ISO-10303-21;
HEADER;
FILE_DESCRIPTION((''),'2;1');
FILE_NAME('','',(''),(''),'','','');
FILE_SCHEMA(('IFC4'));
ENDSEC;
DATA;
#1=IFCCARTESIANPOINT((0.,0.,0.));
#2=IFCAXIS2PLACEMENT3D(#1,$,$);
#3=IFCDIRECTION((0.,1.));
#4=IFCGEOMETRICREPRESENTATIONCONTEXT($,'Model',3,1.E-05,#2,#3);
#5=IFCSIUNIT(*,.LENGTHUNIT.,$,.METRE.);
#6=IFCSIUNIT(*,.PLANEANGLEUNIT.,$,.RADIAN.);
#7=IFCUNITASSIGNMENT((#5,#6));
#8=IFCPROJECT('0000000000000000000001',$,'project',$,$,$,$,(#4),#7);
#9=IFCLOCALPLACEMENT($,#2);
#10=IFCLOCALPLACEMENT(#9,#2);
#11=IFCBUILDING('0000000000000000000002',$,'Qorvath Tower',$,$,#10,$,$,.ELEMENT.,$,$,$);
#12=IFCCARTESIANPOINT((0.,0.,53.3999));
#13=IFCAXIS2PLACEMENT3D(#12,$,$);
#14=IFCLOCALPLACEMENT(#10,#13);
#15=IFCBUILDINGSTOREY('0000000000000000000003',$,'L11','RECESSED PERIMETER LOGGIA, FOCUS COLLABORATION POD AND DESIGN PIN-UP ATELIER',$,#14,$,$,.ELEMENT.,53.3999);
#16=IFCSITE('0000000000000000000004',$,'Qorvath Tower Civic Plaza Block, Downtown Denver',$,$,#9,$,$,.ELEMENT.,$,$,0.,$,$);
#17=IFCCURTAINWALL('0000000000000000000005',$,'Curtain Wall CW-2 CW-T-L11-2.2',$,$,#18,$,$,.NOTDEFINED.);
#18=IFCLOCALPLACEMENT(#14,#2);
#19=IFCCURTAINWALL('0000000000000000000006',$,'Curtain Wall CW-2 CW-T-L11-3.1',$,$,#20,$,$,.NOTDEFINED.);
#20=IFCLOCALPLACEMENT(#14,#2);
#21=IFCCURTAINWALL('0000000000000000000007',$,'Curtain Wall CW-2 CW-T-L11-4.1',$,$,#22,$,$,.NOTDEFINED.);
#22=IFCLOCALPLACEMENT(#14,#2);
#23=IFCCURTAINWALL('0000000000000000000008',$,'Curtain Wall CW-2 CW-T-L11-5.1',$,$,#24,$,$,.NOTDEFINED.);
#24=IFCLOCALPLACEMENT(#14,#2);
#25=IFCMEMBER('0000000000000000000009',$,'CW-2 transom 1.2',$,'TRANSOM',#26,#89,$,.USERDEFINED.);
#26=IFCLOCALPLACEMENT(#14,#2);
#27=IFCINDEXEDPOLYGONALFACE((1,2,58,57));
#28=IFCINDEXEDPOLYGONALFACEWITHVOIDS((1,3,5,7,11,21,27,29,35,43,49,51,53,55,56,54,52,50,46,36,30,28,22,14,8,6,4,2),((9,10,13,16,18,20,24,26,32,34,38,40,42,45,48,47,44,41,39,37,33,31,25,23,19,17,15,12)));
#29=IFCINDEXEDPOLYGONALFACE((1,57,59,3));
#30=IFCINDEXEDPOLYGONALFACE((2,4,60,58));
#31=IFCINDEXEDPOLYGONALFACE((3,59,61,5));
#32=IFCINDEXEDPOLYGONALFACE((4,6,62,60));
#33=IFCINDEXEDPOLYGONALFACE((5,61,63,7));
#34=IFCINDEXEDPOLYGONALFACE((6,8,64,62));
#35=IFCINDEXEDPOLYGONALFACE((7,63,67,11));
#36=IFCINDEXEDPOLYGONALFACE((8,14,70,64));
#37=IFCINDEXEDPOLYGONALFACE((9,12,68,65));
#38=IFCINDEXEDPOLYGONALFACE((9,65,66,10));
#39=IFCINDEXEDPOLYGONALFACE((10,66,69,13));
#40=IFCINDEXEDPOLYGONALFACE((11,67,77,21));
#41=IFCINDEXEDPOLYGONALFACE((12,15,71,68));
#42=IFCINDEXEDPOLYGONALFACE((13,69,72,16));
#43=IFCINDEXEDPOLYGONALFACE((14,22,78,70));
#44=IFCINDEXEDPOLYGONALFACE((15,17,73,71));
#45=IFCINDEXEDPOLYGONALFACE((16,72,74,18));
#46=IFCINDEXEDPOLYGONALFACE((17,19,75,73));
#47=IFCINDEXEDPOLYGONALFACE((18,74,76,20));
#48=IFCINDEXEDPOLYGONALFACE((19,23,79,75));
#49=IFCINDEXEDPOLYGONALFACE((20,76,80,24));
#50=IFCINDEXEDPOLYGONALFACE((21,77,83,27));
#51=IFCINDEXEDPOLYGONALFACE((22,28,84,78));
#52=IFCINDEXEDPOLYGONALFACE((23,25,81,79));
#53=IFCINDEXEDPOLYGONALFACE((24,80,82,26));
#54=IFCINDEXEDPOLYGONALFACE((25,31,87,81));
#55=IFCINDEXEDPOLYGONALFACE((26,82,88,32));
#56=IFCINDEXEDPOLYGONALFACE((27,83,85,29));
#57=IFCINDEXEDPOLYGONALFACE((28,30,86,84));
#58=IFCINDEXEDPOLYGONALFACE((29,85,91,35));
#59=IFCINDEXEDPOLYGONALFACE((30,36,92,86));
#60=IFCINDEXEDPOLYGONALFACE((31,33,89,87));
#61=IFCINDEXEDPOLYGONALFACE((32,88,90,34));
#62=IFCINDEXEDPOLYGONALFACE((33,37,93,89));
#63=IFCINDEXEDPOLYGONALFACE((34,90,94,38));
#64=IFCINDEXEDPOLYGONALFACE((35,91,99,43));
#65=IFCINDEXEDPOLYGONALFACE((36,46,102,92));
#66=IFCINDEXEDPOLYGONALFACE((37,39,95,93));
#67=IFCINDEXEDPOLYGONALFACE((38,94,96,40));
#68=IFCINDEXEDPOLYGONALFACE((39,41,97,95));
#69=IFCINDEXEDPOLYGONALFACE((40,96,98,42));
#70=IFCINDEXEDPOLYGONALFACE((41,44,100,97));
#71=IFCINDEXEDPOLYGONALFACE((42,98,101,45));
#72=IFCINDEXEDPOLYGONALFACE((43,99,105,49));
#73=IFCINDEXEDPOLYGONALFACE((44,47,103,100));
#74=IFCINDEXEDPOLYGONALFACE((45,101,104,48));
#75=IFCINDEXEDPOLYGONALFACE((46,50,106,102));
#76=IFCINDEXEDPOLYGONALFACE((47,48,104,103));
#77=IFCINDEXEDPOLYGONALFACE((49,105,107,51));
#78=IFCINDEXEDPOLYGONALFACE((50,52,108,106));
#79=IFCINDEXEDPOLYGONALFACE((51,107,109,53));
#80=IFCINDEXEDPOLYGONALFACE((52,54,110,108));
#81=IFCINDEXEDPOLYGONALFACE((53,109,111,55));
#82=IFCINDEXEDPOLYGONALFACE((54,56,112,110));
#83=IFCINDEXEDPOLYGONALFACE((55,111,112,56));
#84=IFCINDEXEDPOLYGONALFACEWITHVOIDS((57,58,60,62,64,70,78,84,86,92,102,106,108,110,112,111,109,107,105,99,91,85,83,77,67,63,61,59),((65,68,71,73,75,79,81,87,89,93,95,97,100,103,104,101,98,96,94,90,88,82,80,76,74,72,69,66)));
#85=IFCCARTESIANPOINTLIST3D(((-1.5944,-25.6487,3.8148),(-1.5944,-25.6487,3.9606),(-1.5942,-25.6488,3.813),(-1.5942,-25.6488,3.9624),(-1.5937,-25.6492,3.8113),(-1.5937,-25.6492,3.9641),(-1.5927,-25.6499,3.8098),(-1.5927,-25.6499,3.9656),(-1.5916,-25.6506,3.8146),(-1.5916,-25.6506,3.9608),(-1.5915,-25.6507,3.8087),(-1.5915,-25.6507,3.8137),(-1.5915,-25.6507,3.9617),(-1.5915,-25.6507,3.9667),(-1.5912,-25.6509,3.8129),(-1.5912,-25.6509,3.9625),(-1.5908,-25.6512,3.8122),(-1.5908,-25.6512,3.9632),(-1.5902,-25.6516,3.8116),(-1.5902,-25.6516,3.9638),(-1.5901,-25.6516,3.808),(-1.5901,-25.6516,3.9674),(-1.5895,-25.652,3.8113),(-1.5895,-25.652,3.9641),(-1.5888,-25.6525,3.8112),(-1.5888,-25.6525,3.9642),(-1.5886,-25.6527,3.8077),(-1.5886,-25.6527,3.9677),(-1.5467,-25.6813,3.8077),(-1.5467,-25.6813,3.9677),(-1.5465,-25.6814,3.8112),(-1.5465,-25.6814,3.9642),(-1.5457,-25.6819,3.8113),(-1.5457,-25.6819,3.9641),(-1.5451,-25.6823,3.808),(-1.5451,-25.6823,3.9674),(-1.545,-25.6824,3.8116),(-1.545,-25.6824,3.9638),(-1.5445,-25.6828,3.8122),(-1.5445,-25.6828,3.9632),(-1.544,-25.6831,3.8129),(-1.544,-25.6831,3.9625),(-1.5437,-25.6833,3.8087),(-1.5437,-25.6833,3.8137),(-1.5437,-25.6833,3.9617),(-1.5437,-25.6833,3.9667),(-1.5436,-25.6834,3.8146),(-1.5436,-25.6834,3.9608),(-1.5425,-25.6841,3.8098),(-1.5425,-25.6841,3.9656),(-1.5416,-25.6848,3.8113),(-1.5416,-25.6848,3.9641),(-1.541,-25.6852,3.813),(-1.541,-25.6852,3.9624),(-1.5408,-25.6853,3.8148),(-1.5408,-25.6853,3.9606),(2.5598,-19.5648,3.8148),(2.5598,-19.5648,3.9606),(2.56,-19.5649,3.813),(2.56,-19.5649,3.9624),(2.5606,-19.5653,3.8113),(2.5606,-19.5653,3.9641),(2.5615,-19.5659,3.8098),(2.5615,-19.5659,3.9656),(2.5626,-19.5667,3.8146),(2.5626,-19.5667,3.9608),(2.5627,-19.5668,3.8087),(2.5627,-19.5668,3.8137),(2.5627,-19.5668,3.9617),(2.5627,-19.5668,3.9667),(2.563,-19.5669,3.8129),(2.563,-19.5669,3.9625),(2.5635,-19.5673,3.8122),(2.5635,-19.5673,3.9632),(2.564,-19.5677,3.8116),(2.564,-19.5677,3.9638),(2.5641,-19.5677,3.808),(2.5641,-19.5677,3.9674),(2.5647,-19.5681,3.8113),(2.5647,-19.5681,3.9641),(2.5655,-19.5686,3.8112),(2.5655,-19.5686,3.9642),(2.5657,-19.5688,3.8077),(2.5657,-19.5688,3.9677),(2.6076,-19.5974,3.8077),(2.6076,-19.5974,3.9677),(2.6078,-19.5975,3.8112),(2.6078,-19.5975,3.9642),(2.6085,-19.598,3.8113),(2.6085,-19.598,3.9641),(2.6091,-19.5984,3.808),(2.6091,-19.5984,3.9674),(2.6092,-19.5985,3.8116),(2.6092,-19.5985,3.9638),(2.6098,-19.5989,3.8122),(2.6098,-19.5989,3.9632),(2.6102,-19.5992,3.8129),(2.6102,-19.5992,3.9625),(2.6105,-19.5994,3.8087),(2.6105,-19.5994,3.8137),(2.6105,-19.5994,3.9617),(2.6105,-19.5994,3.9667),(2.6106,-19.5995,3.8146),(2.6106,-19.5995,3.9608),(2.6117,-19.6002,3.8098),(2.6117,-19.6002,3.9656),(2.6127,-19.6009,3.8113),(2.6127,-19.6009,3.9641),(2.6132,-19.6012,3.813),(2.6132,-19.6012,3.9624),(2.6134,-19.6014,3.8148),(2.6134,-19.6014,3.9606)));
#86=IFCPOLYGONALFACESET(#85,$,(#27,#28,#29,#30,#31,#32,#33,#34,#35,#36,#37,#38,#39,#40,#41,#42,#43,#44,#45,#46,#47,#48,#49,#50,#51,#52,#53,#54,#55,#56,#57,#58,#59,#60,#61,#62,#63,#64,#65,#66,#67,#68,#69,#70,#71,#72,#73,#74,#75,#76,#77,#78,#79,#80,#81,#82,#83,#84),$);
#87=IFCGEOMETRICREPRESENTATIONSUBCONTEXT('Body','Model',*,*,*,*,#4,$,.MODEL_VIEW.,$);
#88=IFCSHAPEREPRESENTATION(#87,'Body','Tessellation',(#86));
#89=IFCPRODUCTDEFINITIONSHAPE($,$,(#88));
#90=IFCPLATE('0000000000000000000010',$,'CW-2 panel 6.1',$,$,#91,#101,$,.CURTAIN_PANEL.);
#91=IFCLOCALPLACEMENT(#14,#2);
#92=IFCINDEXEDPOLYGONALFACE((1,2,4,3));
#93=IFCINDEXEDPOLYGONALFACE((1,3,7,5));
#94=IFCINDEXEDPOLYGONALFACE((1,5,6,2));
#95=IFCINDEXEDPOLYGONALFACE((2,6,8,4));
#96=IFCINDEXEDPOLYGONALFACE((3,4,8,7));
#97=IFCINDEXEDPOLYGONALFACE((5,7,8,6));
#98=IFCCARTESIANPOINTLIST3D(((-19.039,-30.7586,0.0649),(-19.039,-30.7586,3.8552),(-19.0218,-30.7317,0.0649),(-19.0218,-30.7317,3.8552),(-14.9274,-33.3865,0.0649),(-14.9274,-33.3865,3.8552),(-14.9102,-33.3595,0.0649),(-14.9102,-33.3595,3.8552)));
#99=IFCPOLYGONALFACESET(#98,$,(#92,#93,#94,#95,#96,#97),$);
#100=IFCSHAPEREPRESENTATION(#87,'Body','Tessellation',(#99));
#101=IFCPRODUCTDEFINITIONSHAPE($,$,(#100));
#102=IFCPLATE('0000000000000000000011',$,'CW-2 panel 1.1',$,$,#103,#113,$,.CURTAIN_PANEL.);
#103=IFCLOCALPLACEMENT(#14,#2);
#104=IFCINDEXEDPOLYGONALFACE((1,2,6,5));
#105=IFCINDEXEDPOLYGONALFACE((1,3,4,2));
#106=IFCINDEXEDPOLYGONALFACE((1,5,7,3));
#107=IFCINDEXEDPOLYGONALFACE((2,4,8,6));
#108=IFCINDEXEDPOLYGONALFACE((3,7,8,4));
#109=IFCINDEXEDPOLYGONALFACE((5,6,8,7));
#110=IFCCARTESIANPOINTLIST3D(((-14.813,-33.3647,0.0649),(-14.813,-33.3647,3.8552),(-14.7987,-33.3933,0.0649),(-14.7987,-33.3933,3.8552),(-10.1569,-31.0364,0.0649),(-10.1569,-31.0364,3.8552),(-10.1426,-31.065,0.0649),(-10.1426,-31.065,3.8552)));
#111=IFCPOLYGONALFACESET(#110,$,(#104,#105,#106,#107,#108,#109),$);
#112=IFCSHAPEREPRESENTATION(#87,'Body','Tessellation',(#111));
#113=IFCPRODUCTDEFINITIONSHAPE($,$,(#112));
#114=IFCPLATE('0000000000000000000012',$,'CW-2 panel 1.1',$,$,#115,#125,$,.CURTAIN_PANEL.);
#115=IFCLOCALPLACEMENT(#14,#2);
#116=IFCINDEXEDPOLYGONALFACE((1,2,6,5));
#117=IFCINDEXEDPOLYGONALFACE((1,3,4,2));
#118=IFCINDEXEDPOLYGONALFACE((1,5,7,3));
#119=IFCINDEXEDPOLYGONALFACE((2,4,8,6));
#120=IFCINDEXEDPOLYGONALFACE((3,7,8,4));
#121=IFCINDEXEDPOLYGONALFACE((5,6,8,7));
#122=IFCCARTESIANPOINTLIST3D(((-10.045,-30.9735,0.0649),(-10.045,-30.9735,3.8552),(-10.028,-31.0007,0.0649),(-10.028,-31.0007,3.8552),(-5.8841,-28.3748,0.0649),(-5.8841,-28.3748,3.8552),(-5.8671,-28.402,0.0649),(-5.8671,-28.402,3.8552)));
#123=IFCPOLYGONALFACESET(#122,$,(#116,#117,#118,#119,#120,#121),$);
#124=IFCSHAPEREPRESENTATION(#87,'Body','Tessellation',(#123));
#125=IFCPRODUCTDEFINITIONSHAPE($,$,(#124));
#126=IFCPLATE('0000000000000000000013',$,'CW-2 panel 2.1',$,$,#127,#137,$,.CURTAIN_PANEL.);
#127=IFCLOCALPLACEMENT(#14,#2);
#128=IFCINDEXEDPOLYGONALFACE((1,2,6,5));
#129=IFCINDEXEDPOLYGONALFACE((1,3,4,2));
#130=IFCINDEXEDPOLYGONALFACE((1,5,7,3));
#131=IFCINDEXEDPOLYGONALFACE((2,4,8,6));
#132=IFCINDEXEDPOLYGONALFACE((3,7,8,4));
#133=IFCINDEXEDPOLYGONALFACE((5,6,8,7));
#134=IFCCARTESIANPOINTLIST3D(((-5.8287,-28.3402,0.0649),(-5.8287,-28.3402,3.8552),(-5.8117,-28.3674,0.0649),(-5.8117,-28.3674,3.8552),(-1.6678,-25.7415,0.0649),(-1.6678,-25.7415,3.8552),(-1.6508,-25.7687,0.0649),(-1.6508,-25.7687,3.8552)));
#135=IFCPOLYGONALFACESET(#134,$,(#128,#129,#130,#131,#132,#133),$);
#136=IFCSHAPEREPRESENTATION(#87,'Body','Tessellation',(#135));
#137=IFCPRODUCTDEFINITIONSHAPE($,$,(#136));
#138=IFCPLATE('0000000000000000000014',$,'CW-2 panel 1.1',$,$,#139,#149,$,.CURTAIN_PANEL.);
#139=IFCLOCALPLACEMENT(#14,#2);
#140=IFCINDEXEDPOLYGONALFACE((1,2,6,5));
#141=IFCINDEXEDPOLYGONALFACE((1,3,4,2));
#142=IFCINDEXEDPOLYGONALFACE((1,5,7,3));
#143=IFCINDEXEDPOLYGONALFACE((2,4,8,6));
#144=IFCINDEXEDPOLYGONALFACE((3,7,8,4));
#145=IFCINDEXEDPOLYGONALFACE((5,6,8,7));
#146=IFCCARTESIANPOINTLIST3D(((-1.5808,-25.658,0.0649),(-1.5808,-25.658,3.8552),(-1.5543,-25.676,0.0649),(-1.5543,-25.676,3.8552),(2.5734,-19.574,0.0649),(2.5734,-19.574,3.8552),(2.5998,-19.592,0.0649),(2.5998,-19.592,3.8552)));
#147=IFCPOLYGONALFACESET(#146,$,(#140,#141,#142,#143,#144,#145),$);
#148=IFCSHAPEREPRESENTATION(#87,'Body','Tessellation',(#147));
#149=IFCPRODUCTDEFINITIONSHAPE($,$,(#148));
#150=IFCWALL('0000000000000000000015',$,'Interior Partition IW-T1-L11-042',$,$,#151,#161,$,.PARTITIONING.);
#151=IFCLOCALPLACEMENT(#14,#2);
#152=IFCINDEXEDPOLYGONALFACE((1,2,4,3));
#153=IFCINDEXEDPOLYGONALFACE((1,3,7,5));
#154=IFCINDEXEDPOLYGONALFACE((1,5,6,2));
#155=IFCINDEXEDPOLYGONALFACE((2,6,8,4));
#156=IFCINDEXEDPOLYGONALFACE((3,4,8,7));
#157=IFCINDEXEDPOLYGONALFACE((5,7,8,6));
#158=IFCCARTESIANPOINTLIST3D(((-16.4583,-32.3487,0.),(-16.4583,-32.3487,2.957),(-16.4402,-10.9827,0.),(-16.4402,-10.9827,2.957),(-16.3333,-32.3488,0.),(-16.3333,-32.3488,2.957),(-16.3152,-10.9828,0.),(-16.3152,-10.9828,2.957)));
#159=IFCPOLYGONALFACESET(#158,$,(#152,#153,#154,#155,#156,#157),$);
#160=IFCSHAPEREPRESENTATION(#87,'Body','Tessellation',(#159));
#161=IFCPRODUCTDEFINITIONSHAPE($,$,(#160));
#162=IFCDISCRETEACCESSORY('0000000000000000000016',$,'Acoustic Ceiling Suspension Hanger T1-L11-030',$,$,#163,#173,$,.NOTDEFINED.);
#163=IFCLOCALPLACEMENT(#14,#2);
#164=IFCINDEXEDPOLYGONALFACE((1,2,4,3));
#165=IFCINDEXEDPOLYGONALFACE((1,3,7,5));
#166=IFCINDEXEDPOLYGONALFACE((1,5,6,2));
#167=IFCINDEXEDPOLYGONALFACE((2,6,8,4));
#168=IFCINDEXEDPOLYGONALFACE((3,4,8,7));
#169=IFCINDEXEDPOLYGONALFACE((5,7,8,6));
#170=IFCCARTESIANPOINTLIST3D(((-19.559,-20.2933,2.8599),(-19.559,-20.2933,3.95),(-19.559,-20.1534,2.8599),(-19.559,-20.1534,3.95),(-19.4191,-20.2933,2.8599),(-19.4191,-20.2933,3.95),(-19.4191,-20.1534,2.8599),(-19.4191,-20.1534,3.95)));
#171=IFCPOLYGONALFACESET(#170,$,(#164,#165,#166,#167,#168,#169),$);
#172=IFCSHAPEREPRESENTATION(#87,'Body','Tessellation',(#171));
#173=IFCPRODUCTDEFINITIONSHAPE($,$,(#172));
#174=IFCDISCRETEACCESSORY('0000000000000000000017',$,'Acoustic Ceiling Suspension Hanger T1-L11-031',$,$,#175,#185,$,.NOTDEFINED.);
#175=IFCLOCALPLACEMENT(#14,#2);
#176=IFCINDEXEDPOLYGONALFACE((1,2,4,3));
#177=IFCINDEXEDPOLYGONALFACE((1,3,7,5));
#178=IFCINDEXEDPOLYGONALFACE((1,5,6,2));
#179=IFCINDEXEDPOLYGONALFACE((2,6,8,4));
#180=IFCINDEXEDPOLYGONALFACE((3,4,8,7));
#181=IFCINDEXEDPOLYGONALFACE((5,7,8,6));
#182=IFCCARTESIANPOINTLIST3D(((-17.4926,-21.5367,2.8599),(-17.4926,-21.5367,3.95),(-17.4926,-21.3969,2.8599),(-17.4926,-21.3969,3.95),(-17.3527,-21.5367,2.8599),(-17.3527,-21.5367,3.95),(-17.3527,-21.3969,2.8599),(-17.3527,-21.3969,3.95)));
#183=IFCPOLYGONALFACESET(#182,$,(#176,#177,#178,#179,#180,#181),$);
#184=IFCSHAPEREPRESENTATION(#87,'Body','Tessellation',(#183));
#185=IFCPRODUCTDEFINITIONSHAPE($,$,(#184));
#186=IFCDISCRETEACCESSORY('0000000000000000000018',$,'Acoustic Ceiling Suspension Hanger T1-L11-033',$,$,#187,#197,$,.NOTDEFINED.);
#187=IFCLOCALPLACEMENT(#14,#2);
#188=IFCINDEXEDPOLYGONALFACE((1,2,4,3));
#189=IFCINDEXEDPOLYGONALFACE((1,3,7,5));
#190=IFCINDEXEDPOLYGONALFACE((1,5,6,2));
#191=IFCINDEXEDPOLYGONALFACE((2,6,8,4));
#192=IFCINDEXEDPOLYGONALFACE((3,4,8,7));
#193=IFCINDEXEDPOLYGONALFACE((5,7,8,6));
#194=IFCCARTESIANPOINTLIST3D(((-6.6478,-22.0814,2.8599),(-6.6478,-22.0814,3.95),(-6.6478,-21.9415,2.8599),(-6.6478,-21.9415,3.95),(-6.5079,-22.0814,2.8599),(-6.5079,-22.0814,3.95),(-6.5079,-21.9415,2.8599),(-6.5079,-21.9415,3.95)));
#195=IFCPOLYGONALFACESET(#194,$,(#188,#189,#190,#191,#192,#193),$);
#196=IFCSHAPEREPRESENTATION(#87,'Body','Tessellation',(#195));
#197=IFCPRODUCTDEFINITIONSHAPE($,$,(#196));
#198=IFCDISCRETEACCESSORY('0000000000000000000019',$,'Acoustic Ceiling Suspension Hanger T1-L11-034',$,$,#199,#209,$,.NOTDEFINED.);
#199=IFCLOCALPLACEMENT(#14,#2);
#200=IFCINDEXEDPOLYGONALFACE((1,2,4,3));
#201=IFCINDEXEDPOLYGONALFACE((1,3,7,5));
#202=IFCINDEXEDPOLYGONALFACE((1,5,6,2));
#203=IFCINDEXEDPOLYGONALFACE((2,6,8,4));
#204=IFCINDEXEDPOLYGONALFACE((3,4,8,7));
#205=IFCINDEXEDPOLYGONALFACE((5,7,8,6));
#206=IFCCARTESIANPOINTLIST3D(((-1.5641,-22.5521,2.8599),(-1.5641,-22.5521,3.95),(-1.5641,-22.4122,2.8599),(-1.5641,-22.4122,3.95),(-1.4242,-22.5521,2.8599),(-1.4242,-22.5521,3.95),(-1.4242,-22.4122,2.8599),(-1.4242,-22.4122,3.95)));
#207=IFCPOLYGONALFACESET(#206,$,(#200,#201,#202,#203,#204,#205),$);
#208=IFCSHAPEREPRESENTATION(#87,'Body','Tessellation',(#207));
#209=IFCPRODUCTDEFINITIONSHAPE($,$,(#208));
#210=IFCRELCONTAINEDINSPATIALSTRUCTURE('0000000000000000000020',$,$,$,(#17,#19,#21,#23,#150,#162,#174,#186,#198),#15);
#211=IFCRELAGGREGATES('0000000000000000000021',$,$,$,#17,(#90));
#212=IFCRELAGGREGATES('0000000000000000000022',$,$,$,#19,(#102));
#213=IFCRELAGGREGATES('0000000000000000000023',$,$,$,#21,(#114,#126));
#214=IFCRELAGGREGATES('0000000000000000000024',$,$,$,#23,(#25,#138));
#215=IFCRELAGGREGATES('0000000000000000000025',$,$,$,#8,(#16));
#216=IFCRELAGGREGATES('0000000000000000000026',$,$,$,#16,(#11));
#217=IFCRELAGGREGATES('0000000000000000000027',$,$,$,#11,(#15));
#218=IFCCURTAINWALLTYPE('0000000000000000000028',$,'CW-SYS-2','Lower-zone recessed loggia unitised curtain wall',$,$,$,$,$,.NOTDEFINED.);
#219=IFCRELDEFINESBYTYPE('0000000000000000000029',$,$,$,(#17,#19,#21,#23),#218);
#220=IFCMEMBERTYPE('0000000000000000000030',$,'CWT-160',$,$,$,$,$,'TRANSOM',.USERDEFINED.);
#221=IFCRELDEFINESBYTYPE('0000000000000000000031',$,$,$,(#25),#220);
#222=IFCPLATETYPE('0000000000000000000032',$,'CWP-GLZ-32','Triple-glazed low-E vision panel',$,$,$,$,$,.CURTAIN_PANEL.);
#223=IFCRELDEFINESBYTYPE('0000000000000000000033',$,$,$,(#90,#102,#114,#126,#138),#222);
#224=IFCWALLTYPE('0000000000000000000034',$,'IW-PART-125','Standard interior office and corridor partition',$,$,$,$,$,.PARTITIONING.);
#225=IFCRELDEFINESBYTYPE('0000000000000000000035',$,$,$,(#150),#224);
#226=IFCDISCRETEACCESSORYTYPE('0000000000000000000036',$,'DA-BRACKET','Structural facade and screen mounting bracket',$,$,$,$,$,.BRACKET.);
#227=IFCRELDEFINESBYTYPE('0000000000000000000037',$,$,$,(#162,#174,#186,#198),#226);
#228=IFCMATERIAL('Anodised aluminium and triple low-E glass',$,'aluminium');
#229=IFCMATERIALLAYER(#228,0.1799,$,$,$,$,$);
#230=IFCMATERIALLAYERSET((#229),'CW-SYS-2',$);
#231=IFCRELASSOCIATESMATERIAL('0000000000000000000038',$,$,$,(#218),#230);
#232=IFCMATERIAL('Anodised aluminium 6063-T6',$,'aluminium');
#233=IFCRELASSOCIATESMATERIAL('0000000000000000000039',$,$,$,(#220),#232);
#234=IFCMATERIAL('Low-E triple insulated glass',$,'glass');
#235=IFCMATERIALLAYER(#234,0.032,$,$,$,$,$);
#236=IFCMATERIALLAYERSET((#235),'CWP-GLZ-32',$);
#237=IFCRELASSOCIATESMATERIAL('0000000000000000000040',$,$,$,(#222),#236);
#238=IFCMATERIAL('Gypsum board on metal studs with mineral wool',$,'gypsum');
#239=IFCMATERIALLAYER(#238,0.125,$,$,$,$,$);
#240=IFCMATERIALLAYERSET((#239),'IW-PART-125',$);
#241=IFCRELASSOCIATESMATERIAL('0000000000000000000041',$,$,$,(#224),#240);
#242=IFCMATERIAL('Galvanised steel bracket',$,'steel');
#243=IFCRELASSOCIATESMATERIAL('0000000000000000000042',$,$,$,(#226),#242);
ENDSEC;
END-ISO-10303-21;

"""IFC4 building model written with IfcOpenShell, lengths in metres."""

from ifc_helpers import new_model, si_unit, direction, frame, frame_2d, origin, origin_2d, place, context, subcontext, project, spatial, rectangle, hollow_rectangle, extrude, material, layer, layer_set, material_profile, profile_set, type_object, element, aggregate, save


model = new_model("IFC4")

# Units and contexts
model_context = context("Model", 3, precision=1e-05, world=origin(), true_north=direction((0.0, 1.0)))
body_context = subcontext(model_context, "Body", "Model", "MODEL_VIEW")
ifc_project = project(units=[si_unit("LENGTHUNIT", "METRE"), si_unit("PLANEANGLEUNIT", "RADIAN")], contexts=[model_context])

# Site, building, storey
site_placement = place(None, origin())
site = spatial("IfcSite", under=ifc_project, at=site_placement, Name="Qorvath Tower Civic Plaza Block, Downtown Denver", CompositionType="ELEMENT", RefElevation=0.0)
building_placement = place(site_placement, origin())
building = spatial("IfcBuilding", under=site, at=building_placement, Name="Qorvath Tower", CompositionType="ELEMENT")
storey_placement = place(building_placement, frame((0.0, 0.0, 53.3999)))
storey = spatial("IfcBuildingStorey", under=building, at=storey_placement, Name="L11", Description="RECESSED PERIMETER LOGGIA, FOCUS COLLABORATION POD AND DESIGN PIN-UP ATELIER", CompositionType="ELEMENT", Elevation=53.3999)

# Curtain walls
ifc_material_1 = material(Name="Anodised aluminium and triple low-E glass", Category="aluminium")
ifc_layer_1 = layer(ifc_material_1, 0.1799)
ifc_layer_set_1 = layer_set([ifc_layer_1], Name="CW-SYS-2")
curtain_wall_type = type_object("IfcCurtainWallType", Name="CW-SYS-2", Description="Lower-zone recessed loggia unitised curtain wall", PredefinedType="NOTDEFINED", material=ifc_layer_set_1)
curtain_wall_1_placement = place(storey_placement, origin())
curtain_wall_1 = element("IfcCurtainWall", 1, at=curtain_wall_1_placement, inside=storey, type_object=curtain_wall_type, Name="Curtain Wall CW-2 CW-T-L11-2.2", PredefinedType="NOTDEFINED")
curtain_wall_2_placement = place(storey_placement, origin())
curtain_wall_2 = element("IfcCurtainWall", 2, at=curtain_wall_2_placement, inside=storey, type_object=curtain_wall_type, Name="Curtain Wall CW-2 CW-T-L11-3.1", PredefinedType="NOTDEFINED")
curtain_wall_3_placement = place(storey_placement, origin())
curtain_wall_3 = element("IfcCurtainWall", 3, at=curtain_wall_3_placement, inside=storey, type_object=curtain_wall_type, Name="Curtain Wall CW-2 CW-T-L11-4.1", PredefinedType="NOTDEFINED")
curtain_wall_4_placement = place(storey_placement, origin())
curtain_wall_4 = element("IfcCurtainWall", 4, at=curtain_wall_4_placement, inside=storey, type_object=curtain_wall_type, Name="Curtain Wall CW-2 CW-T-L11-5.1", PredefinedType="NOTDEFINED")

# Member
ifc_material_2 = material(Name="Anodised aluminium 6063-T6", Category="aluminium")
ifc_material_profile_1 = material_profile(ifc_material_2, hollow_rectangle(XDim=0.0649, YDim=0.1599, WallThickness=0.0034, InnerFilletRadius=0.0034, OuterFilletRadius=0.0071, at=origin_2d()), Name="CWT 160x65")
ifc_profile_set_1 = profile_set([ifc_material_profile_1], Name="Anodised aluminium 6063-T6")
member_type_1 = type_object("IfcMemberType", Name="CWT-160", ElementType="TRANSOM", PredefinedType="USERDEFINED", material=ifc_profile_set_1)
member_1_placement = place(storey_placement, frame((-1.5676, -25.667, 3.8877), z_axis=(0.563904, 0.82584, 0.0), x_axis=(-0.82584, 0.563904, 0.0)))
member_1 = element("IfcMember", 5, at=member_1_placement, type_object=member_type_1, Name="CW-2 transom 1.2", ObjectType="TRANSOM", PredefinedType="USERDEFINED", context=body_context, shape_type="SweptSolid", body=[
    extrude(hollow_rectangle(XDim=0.0649, YDim=0.1599, WallThickness=0.0034, InnerFilletRadius=0.0034, OuterFilletRadius=0.0071, at=origin_2d()), origin(), (0.0, 0.0, 1.0), 7.3669),
])

# Plates
ifc_material_3 = material(Name="Low-E triple insulated glass", Category="glass")
ifc_layer_2 = layer(ifc_material_3, 0.032)
ifc_layer_set_2 = layer_set([ifc_layer_2], Name="CWP-GLZ-32")
plate_type = type_object("IfcPlateType", Name="CWP-GLZ-32", Description="Triple-glazed low-E vision panel", PredefinedType="CURTAIN_PANEL", material=ifc_layer_set_2)
plate_1_placement = place(storey_placement, frame((-16.9746, -32.0591, 0.0649), z_axis=(0.0, 0.0, 1.0), x_axis=(0.842602, -0.538537, 0.0)))
plate_1 = element("IfcPlate", 6, at=plate_1_placement, type_object=plate_type, Name="CW-2 panel 6.1", PredefinedType="CURTAIN_PANEL", context=body_context, shape_type="SweptSolid", body=[
    extrude(rectangle(XDim=4.8796, YDim=0.032, at=origin_2d()), origin(), (0.0, 0.0, 1.0), 3.7903),
])
aggregate(curtain_wall_1, [plate_1])
plate_2_placement = place(storey_placement, frame((-12.4778, -32.2148, 0.0649), z_axis=(0.0, 0.0, 1.0), x_axis=(0.894405, 0.447259, 0.0)))
plate_2 = element("IfcPlate", 7, at=plate_2_placement, type_object=plate_type, Name="CW-2 panel 1.1", PredefinedType="CURTAIN_PANEL", context=body_context, shape_type="SweptSolid", body=[
    extrude(rectangle(XDim=5.2058, YDim=0.032, at=origin_2d()), origin(), (0.0, 0.0, 1.0), 3.7903),
])
aggregate(curtain_wall_2, [plate_2])
plate_3_placement = place(storey_placement, frame((-7.9561, -29.6877, 0.0649), z_axis=(0.0, 0.0, 1.0), x_axis=(0.84817, 0.529724, 0.0)))
plate_3 = element("IfcPlate", 8, at=plate_3_placement, type_object=plate_type, Name="CW-2 panel 1.1", PredefinedType="CURTAIN_PANEL", context=body_context, shape_type="SweptSolid", body=[
    extrude(rectangle(XDim=4.9058, YDim=0.032, at=origin_2d()), origin(), (0.0, 0.0, 1.0), 3.7903),
])
plate_4_placement = place(storey_placement, frame((-3.7397, -27.0544, 0.0649), z_axis=(0.0, 0.0, 1.0), x_axis=(0.84817, 0.529724, 0.0)))
plate_4 = element("IfcPlate", 9, at=plate_4_placement, type_object=plate_type, Name="CW-2 panel 2.1", PredefinedType="CURTAIN_PANEL", context=body_context, shape_type="SweptSolid", body=[
    extrude(rectangle(XDim=4.9058, YDim=0.032, at=origin_2d()), origin(), (0.0, 0.0, 1.0), 3.7903),
])
aggregate(curtain_wall_3, [plate_3, plate_4])
plate_5_placement = place(storey_placement, frame((0.5095, -22.625, 0.0649), z_axis=(0.0, 0.0, 1.0), x_axis=(0.563891, 0.825849, 0.0)))
plate_5 = element("IfcPlate", 10, at=plate_5_placement, type_object=plate_type, Name="CW-2 panel 1.1", PredefinedType="CURTAIN_PANEL", context=body_context, shape_type="SweptSolid", body=[
    extrude(rectangle(XDim=7.3669, YDim=0.032, at=origin_2d()), origin(), (0.0, 0.0, 1.0), 3.7903),
])
aggregate(curtain_wall_4, [member_1, plate_5])

# Wall
ifc_material_4 = material(Name="Gypsum board on metal studs with mineral wool", Category="gypsum")
ifc_layer_3 = layer(ifc_material_4, 0.125)
ifc_layer_set_3 = layer_set([ifc_layer_3], Name="IW-PART-125")
wall_type = type_object("IfcWallType", Name="IW-PART-125", Description="Standard interior office and corridor partition", PredefinedType="PARTITIONING", material=ifc_layer_set_3)
wall_placement = place(storey_placement, frame((-16.3958, -32.3489, 0.0), z_axis=(0.0, 0.0, 1.0), x_axis=(0.000846, 1.0, 0.0)))
element("IfcWall", 11, at=wall_placement, inside=storey, type_object=wall_type, Name="Interior Partition IW-T1-L11-042", PredefinedType="PARTITIONING", context=body_context, shape_type="SweptSolid", body=[
    extrude(rectangle(XDim=21.366, YDim=0.125, at=frame_2d((10.6831, 0.0))), origin(), (0.0, 0.0, 1.0), 2.957),
])

# Discrete accessories
ifc_material_5 = material(Name="Galvanised steel bracket", Category="steel")
discrete_accessory_type = type_object("IfcDiscreteAccessoryType", Name="DA-BRACKET", Description="Structural facade and screen mounting bracket", PredefinedType="BRACKET", material=ifc_material_5)
for number, where, z_axis, x_axis, name in (
    (12, (-19.489, -20.2234, 2.8599), (0.0, 0.0, 1.0), (1.0, 0.0, 0.0), "Acoustic Ceiling Suspension Hanger T1-L11-030"),
    (13, (-17.4226, -21.4668, 2.8599), (0.0, 0.0, 1.0), (1.0, 0.0, 0.0), "Acoustic Ceiling Suspension Hanger T1-L11-031"),
    (14, (-6.5779, -22.0115, 2.8599), (0.0, 0.0, 1.0), (1.0, 0.0, 0.0), "Acoustic Ceiling Suspension Hanger T1-L11-033"),
    (15, (-1.4941, -22.4822, 2.8599), (0.0, 0.0, 1.0), (1.0, 0.0, 0.0), "Acoustic Ceiling Suspension Hanger T1-L11-034"),
):
    element("IfcDiscreteAccessory", number, at=place(storey_placement, frame(where, z_axis=z_axis, x_axis=x_axis)), inside=storey, type_object=discrete_accessory_type, Name=name, PredefinedType="NOTDEFINED", context=body_context, shape_type="SweptSolid", body=[
        extrude(rectangle(XDim=0.1399, YDim=0.1399, at=origin_2d()), origin(), (0.0, 0.0, 1.0), 1.0901),
    ])

save(model, "model.ifc")
